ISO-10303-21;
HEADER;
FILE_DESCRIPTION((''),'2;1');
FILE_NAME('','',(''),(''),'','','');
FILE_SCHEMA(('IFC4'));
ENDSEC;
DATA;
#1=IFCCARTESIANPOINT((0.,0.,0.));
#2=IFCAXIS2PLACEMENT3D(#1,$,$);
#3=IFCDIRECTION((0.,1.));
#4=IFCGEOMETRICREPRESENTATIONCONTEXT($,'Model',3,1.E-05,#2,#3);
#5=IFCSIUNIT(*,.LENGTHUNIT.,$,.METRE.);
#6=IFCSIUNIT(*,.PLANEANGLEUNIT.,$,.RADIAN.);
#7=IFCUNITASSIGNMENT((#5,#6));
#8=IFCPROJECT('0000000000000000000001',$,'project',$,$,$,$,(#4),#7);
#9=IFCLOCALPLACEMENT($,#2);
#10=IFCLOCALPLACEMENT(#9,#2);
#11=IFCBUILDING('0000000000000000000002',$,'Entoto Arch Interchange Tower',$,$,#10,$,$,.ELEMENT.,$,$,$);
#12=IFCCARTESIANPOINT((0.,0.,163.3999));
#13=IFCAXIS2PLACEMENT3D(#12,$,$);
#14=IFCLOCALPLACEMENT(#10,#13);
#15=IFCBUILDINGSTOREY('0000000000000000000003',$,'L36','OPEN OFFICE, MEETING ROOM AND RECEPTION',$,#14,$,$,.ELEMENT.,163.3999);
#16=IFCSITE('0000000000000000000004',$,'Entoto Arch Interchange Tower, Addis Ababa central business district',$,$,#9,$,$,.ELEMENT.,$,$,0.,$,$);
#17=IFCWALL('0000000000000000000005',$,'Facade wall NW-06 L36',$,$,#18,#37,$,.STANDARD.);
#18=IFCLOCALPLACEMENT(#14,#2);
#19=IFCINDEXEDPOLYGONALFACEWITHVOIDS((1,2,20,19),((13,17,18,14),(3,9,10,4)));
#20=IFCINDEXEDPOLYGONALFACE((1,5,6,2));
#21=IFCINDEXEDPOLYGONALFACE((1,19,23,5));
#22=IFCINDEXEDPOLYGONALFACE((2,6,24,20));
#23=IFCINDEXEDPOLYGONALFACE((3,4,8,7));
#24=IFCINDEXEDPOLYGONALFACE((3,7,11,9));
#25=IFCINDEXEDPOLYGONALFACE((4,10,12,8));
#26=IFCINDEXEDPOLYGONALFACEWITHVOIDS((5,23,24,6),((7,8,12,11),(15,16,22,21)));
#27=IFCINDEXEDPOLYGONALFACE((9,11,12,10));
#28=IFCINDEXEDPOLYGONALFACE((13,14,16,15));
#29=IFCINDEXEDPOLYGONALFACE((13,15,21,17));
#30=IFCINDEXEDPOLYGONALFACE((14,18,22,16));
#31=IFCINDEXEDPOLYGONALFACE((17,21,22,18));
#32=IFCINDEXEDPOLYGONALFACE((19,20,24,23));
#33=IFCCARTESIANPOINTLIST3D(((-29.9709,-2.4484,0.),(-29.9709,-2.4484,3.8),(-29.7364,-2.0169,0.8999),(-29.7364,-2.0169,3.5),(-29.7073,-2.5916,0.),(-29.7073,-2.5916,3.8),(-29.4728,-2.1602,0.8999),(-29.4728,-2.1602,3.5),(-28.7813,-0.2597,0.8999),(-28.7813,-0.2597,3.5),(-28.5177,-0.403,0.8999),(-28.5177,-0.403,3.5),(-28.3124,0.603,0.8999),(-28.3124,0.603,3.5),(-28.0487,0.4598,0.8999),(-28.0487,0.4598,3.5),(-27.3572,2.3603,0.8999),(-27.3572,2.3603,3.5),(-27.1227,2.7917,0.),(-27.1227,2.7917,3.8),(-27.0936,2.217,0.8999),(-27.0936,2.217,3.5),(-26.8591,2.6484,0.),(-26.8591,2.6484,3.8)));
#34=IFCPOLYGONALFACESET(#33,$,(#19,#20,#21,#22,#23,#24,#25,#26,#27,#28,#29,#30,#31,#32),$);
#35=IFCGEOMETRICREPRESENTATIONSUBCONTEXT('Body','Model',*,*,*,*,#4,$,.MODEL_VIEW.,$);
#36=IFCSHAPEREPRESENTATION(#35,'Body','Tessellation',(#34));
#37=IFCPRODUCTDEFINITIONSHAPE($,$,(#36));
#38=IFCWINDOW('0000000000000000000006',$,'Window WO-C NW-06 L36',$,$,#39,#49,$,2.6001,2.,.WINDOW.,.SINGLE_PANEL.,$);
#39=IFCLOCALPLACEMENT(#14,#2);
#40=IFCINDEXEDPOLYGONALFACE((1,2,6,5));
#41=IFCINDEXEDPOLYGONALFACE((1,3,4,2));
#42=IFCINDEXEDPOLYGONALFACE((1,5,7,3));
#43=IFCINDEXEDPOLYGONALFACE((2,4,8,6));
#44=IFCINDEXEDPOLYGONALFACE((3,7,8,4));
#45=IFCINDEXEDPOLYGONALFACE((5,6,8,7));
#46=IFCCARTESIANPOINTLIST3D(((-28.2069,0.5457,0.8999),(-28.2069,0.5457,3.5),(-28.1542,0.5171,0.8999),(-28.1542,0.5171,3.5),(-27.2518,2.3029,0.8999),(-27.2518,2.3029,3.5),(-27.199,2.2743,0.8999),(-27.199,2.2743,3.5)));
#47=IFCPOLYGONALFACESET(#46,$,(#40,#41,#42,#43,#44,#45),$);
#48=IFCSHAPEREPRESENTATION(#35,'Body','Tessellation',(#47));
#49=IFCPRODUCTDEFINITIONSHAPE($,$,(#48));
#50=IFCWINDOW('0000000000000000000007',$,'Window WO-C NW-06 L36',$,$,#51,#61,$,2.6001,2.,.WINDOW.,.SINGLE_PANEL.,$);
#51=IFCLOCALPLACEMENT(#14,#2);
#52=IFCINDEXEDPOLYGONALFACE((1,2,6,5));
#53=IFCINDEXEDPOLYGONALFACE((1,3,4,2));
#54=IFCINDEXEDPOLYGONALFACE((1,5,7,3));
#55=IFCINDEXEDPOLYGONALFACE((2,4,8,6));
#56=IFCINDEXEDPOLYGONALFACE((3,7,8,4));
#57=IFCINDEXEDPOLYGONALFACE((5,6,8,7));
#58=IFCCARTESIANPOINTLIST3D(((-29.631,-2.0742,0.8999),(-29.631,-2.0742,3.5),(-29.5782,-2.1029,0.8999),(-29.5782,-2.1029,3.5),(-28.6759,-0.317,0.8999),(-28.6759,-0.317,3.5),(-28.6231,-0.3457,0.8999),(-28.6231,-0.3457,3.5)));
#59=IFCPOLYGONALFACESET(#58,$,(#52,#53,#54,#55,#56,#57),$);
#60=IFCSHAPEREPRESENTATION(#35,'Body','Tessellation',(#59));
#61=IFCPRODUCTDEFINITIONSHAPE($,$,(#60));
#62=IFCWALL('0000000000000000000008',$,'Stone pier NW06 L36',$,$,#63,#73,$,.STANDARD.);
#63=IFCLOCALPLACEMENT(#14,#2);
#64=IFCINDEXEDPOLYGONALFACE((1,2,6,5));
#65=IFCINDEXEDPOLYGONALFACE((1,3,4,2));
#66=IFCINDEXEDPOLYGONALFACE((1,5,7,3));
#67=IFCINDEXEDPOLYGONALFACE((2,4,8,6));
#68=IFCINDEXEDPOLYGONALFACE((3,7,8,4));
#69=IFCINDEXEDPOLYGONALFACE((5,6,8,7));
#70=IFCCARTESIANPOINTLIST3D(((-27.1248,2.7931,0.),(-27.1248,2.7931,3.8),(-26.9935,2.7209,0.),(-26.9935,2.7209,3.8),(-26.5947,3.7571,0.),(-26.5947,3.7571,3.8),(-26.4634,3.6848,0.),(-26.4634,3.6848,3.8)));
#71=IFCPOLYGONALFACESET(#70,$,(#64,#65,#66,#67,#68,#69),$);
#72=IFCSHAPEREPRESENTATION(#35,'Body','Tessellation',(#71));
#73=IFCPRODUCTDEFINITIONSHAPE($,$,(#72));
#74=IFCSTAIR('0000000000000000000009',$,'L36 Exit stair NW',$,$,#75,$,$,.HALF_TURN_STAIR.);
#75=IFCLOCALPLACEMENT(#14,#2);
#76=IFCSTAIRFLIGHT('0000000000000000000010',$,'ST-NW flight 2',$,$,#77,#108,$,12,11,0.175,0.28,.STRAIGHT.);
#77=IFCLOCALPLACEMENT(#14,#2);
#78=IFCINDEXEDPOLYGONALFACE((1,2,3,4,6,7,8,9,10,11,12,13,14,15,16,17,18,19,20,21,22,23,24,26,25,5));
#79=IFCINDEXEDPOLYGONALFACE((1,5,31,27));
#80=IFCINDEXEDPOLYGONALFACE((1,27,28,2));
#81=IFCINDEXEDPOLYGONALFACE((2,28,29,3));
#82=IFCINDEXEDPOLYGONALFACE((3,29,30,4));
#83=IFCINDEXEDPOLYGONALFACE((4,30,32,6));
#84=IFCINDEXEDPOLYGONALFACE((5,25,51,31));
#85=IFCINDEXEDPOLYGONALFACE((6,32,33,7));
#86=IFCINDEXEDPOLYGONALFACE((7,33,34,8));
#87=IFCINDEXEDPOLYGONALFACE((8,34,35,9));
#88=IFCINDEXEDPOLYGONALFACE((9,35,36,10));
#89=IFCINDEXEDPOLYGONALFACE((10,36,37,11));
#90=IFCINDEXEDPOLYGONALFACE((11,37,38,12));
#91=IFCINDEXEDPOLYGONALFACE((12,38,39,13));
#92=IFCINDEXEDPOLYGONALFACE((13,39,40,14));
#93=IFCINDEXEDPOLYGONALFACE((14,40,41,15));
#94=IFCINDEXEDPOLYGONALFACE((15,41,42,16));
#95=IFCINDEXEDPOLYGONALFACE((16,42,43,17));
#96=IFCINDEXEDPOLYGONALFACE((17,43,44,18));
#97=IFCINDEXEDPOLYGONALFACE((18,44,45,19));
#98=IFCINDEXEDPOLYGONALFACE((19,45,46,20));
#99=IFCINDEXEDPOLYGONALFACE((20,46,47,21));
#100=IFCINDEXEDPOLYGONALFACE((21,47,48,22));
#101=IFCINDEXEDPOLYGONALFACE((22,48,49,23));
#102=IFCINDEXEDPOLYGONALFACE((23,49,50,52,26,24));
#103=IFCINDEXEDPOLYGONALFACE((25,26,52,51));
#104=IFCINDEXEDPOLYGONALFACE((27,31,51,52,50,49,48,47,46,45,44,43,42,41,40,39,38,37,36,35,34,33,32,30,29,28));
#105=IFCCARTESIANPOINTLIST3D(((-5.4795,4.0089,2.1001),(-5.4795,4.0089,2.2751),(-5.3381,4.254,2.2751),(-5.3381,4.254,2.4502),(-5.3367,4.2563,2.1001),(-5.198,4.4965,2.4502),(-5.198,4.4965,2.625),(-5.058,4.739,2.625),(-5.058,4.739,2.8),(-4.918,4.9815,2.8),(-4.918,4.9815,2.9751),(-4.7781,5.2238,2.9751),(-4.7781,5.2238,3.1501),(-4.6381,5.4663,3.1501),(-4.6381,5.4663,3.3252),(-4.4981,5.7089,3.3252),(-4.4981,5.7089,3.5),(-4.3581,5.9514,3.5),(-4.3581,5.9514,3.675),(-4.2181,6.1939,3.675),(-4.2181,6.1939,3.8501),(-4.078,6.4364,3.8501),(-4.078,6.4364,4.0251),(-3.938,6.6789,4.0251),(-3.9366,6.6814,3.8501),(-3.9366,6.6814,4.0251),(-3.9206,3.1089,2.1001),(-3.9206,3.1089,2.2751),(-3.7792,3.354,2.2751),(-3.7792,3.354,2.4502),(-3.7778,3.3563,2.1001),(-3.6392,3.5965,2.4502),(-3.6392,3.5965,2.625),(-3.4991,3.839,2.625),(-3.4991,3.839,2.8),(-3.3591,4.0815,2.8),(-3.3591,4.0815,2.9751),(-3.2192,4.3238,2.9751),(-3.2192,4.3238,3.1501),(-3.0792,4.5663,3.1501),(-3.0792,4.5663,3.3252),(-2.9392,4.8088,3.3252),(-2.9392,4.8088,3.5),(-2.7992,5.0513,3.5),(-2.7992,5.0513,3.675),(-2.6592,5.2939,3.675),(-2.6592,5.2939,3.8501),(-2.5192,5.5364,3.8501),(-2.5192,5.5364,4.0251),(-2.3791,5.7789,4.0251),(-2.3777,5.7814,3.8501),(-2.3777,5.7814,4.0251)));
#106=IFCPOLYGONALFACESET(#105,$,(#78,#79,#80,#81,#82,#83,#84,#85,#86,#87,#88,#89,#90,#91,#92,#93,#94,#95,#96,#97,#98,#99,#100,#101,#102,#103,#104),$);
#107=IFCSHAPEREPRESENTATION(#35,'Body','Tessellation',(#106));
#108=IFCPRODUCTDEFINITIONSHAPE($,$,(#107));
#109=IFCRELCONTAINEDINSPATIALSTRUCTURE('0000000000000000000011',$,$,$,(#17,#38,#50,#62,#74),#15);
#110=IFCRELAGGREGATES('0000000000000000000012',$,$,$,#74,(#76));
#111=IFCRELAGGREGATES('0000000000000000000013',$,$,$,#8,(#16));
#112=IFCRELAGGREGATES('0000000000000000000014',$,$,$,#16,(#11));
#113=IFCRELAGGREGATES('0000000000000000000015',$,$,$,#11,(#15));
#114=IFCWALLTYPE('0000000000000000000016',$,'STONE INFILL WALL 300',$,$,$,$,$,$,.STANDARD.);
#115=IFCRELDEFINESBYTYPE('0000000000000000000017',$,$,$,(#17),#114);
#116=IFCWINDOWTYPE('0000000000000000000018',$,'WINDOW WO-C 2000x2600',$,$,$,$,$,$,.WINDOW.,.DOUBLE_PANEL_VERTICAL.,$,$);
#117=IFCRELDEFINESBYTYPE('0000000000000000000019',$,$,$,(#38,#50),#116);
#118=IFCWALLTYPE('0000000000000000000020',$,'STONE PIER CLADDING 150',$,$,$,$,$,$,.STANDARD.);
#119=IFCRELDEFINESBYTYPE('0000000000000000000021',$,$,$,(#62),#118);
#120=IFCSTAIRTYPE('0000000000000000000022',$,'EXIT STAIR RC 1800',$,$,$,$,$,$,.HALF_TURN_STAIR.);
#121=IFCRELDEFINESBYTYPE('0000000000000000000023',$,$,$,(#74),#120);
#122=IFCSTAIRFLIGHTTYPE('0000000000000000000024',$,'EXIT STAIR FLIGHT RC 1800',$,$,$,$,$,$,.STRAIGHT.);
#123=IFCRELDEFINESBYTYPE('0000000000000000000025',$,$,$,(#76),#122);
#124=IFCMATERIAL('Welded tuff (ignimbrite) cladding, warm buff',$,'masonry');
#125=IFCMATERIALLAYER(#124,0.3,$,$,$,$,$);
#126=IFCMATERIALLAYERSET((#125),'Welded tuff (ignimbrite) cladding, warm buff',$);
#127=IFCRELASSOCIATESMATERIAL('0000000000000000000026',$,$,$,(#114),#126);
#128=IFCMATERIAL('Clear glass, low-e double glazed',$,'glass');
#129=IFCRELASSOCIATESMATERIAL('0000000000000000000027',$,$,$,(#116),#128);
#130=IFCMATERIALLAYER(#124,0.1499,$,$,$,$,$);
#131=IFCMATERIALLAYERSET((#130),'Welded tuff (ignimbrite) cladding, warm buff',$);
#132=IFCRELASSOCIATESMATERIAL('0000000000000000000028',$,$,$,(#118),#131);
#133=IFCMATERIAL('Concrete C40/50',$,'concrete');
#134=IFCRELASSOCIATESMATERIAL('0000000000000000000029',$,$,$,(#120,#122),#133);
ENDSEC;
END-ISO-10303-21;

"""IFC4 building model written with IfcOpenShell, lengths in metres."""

from ifc_helpers import new_model, si_unit, direction, frame, frame_2d, origin, place, context, subcontext, project, spatial, polyline, rectangle, outline, extrude, material, layer, layer_set, type_object, element, fill, aggregate, save


model = new_model("IFC4")

# Units and contexts
model_context = context("Model", 3, precision=1e-05, world=origin(), true_north=direction((0.0, 1.0)))
body_context = subcontext(model_context, "Body", "Model", "MODEL_VIEW")
ifc_project = project(units=[si_unit("LENGTHUNIT", "METRE"), si_unit("PLANEANGLEUNIT", "RADIAN")], contexts=[model_context])

# Site, building, storey
site_placement = place(None, origin())
site = spatial("IfcSite", under=ifc_project, at=site_placement, Name="Entoto Arch Interchange Tower, Addis Ababa central business district", CompositionType="ELEMENT", RefElevation=0.0)
building_placement = place(site_placement, origin())
building = spatial("IfcBuilding", under=site, at=building_placement, Name="Entoto Arch Interchange Tower", CompositionType="ELEMENT")
storey_placement = place(building_placement, frame((0.0, 0.0, 163.3999)))
storey = spatial("IfcBuildingStorey", under=building, at=storey_placement, Name="L36", Description="OPEN OFFICE, MEETING ROOM AND RECEPTION", CompositionType="ELEMENT", Elevation=163.3999)

# Shared definitions
ifc_material_1 = material(Name="Concrete C40/50", Category="concrete")

# Wall, openings, windows
ifc_material_2 = material(Name="Welded tuff (ignimbrite) cladding, warm buff", Category="masonry")
ifc_layer_1 = layer(ifc_material_2, 0.3)
ifc_layer_set_1 = layer_set([ifc_layer_1], Name="Welded tuff (ignimbrite) cladding, warm buff")
wall_type_1 = type_object("IfcWallType", Name="STONE INFILL WALL 300", PredefinedType="STANDARD", material=ifc_layer_set_1)
wall_1_placement = place(storey_placement, frame((-26.991, 2.72, 0.0), z_axis=(0.0, 0.0, 1.0), x_axis=(-0.477555, -0.878602, 0.0)))
wall_1 = element("IfcWall", 1, at=wall_1_placement, inside=storey, type_object=wall_type_1, Name="Facade wall NW-06 L36", PredefinedType="STANDARD", context=body_context, shape_type="SweptSolid", body=[
    extrude(rectangle(XDim=5.9641, YDim=0.3, at=frame_2d((2.9819, 0.0))), origin(), (0.0, 0.0, 1.0), 3.8),
])
opening_1_placement = place(wall_1_placement, frame((0.491, 0.0, 0.8999)))
opening_1 = element("IfcOpeningElement", 2, at=opening_1_placement, cuts=wall_1, PredefinedType="OPENING", context=body_context, shape_type="SweptSolid", body=[
    extrude(rectangle(XDim=2.0, YDim=2.6001, at=frame_2d((1.0, 1.3))), frame((0.0, 0.1602, 0.0), z_axis=(0.0, -1.0, 0.0), x_axis=(1.0, 0.0, 0.0)), (0.0, 0.0, 1.0), 0.3201),
])
opening_2_placement = place(wall_1_placement, frame((3.4729, 0.0, 0.8999)))
opening_2 = element("IfcOpeningElement", 3, at=opening_2_placement, cuts=wall_1, PredefinedType="OPENING", context=body_context, shape_type="SweptSolid", body=[
    extrude(rectangle(XDim=2.0, YDim=2.6001, at=frame_2d((1.0, 1.3))), frame((0.0, 0.1602, 0.0), z_axis=(0.0, -1.0, 0.0), x_axis=(1.0, 0.0, 0.0)), (0.0, 0.0, 1.0), 0.3201),
])
ifc_material_3 = material(Name="Clear glass, low-e double glazed", Category="glass")
window_type = type_object("IfcWindowType", Name="WINDOW WO-C 2000x2600", PartitioningType="DOUBLE_PANEL_VERTICAL", PredefinedType="WINDOW", material=ifc_material_3)
window_1_placement = place(opening_1_placement, origin())
window_1 = element("IfcWindow", 4, at=window_1_placement, inside=storey, type_object=window_type, Name="Window WO-C NW-06 L36", OverallHeight=2.6001, OverallWidth=2.0, PartitioningType="SINGLE_PANEL", PredefinedType="WINDOW", context=body_context, shape_type="SweptSolid", body=[
    extrude(rectangle(XDim=2.0, YDim=2.6001, at=frame_2d((1.0, 1.3))), frame((0.0, 0.03, 0.0), z_axis=(0.0, -1.0, 0.0), x_axis=(1.0, 0.0, 0.0)), (0.0, 0.0, 1.0), 0.0601),
])
fill(opening_1, window_1)
window_2_placement = place(opening_2_placement, origin())
window_2 = element("IfcWindow", 5, at=window_2_placement, inside=storey, type_object=window_type, Name="Window WO-C NW-06 L36", OverallHeight=2.6001, OverallWidth=2.0, PartitioningType="SINGLE_PANEL", PredefinedType="WINDOW", context=body_context, shape_type="SweptSolid", body=[
    extrude(rectangle(XDim=2.0, YDim=2.6001, at=frame_2d((1.0, 1.3))), frame((0.0, 0.03, 0.0), z_axis=(0.0, -1.0, 0.0), x_axis=(1.0, 0.0, 0.0)), (0.0, 0.0, 1.0), 0.0601),
])
fill(opening_2, window_2)

# Wall
ifc_layer_2 = layer(ifc_material_2, 0.1499)
ifc_layer_set_2 = layer_set([ifc_layer_2], Name="Welded tuff (ignimbrite) cladding, warm buff")
wall_type_2 = type_object("IfcWallType", Name="STONE PIER CLADDING 150", PredefinedType="STANDARD", material=ifc_layer_set_2)
wall_2_placement = place(storey_placement, frame((-26.5291, 3.7209, 0.0), z_axis=(0.0, 0.0, 1.0), x_axis=(-0.481851, -0.876253, 0.0)))
element("IfcWall", 6, at=wall_2_placement, inside=storey, type_object=wall_type_2, Name="Stone pier NW06 L36", PredefinedType="STANDARD", context=body_context, shape_type="SweptSolid", body=[
    extrude(rectangle(XDim=1.1001, YDim=0.1499, at=frame_2d((0.55, 0.0))), origin(), (0.0, 0.0, 1.0), 3.8),
])

# Stair, stair flight
stair_type = type_object("IfcStairType", Name="EXIT STAIR RC 1800", PredefinedType="HALF_TURN_STAIR", material=ifc_material_1)
stair_placement = place(storey_placement, origin())
stair = element("IfcStair", 7, at=stair_placement, inside=storey, type_object=stair_type, Name="L36 Exit stair NW", PredefinedType="HALF_TURN_STAIR")
stair_flight_type = type_object("IfcStairFlightType", Name="EXIT STAIR FLIGHT RC 1800", PredefinedType="STRAIGHT", material=ifc_material_1)
stair_flight_placement = place(storey_placement, frame((-4.6987, 3.5615, 2.1001), z_axis=(0.0, 0.0, 1.0), x_axis=(0.5, 0.866025, 0.0)))
stair_flight = element("IfcStairFlight", 8, at=stair_flight_placement, type_object=stair_flight_type, Name="ST-NW flight 2", NumberOfRisers=12, NumberOfTreads=11, PredefinedType="STRAIGHT", RiserHeight=0.175, TreadLength=0.28, context=body_context, shape_type="SweptSolid", body=[
    extrude(outline(polyline([(-0.0029, 0.0), (-0.0029, 0.175), (0.28, 0.175), (0.28, 0.3501), (0.5601, 0.3501), (0.5601, 0.5249), (0.8401, 0.5249), (0.8401, 0.7), (1.1201, 0.7), (1.1201, 0.875), (1.3999, 0.875), (1.3999, 1.05), (1.6799, 1.05), (1.6799, 1.2251), (1.96, 1.2251), (1.96, 1.3999), (2.24, 1.3999), (2.24, 1.575), (2.52, 1.575), (2.52, 1.75), (2.8, 1.75), (2.8, 1.925), (3.0801, 1.925), (3.083, 1.925), (3.083, 1.75), (0.2827, 0.0), (-0.0029, 0.0)])), frame((0.0, 0.8999, 0.0), z_axis=(0.0, -1.0, 0.0), x_axis=(1.0, 0.0, 0.0)), (0.0, 0.0, 1.0), 1.8),
])
aggregate(stair, [stair_flight])

save(model, "model.ifc")
